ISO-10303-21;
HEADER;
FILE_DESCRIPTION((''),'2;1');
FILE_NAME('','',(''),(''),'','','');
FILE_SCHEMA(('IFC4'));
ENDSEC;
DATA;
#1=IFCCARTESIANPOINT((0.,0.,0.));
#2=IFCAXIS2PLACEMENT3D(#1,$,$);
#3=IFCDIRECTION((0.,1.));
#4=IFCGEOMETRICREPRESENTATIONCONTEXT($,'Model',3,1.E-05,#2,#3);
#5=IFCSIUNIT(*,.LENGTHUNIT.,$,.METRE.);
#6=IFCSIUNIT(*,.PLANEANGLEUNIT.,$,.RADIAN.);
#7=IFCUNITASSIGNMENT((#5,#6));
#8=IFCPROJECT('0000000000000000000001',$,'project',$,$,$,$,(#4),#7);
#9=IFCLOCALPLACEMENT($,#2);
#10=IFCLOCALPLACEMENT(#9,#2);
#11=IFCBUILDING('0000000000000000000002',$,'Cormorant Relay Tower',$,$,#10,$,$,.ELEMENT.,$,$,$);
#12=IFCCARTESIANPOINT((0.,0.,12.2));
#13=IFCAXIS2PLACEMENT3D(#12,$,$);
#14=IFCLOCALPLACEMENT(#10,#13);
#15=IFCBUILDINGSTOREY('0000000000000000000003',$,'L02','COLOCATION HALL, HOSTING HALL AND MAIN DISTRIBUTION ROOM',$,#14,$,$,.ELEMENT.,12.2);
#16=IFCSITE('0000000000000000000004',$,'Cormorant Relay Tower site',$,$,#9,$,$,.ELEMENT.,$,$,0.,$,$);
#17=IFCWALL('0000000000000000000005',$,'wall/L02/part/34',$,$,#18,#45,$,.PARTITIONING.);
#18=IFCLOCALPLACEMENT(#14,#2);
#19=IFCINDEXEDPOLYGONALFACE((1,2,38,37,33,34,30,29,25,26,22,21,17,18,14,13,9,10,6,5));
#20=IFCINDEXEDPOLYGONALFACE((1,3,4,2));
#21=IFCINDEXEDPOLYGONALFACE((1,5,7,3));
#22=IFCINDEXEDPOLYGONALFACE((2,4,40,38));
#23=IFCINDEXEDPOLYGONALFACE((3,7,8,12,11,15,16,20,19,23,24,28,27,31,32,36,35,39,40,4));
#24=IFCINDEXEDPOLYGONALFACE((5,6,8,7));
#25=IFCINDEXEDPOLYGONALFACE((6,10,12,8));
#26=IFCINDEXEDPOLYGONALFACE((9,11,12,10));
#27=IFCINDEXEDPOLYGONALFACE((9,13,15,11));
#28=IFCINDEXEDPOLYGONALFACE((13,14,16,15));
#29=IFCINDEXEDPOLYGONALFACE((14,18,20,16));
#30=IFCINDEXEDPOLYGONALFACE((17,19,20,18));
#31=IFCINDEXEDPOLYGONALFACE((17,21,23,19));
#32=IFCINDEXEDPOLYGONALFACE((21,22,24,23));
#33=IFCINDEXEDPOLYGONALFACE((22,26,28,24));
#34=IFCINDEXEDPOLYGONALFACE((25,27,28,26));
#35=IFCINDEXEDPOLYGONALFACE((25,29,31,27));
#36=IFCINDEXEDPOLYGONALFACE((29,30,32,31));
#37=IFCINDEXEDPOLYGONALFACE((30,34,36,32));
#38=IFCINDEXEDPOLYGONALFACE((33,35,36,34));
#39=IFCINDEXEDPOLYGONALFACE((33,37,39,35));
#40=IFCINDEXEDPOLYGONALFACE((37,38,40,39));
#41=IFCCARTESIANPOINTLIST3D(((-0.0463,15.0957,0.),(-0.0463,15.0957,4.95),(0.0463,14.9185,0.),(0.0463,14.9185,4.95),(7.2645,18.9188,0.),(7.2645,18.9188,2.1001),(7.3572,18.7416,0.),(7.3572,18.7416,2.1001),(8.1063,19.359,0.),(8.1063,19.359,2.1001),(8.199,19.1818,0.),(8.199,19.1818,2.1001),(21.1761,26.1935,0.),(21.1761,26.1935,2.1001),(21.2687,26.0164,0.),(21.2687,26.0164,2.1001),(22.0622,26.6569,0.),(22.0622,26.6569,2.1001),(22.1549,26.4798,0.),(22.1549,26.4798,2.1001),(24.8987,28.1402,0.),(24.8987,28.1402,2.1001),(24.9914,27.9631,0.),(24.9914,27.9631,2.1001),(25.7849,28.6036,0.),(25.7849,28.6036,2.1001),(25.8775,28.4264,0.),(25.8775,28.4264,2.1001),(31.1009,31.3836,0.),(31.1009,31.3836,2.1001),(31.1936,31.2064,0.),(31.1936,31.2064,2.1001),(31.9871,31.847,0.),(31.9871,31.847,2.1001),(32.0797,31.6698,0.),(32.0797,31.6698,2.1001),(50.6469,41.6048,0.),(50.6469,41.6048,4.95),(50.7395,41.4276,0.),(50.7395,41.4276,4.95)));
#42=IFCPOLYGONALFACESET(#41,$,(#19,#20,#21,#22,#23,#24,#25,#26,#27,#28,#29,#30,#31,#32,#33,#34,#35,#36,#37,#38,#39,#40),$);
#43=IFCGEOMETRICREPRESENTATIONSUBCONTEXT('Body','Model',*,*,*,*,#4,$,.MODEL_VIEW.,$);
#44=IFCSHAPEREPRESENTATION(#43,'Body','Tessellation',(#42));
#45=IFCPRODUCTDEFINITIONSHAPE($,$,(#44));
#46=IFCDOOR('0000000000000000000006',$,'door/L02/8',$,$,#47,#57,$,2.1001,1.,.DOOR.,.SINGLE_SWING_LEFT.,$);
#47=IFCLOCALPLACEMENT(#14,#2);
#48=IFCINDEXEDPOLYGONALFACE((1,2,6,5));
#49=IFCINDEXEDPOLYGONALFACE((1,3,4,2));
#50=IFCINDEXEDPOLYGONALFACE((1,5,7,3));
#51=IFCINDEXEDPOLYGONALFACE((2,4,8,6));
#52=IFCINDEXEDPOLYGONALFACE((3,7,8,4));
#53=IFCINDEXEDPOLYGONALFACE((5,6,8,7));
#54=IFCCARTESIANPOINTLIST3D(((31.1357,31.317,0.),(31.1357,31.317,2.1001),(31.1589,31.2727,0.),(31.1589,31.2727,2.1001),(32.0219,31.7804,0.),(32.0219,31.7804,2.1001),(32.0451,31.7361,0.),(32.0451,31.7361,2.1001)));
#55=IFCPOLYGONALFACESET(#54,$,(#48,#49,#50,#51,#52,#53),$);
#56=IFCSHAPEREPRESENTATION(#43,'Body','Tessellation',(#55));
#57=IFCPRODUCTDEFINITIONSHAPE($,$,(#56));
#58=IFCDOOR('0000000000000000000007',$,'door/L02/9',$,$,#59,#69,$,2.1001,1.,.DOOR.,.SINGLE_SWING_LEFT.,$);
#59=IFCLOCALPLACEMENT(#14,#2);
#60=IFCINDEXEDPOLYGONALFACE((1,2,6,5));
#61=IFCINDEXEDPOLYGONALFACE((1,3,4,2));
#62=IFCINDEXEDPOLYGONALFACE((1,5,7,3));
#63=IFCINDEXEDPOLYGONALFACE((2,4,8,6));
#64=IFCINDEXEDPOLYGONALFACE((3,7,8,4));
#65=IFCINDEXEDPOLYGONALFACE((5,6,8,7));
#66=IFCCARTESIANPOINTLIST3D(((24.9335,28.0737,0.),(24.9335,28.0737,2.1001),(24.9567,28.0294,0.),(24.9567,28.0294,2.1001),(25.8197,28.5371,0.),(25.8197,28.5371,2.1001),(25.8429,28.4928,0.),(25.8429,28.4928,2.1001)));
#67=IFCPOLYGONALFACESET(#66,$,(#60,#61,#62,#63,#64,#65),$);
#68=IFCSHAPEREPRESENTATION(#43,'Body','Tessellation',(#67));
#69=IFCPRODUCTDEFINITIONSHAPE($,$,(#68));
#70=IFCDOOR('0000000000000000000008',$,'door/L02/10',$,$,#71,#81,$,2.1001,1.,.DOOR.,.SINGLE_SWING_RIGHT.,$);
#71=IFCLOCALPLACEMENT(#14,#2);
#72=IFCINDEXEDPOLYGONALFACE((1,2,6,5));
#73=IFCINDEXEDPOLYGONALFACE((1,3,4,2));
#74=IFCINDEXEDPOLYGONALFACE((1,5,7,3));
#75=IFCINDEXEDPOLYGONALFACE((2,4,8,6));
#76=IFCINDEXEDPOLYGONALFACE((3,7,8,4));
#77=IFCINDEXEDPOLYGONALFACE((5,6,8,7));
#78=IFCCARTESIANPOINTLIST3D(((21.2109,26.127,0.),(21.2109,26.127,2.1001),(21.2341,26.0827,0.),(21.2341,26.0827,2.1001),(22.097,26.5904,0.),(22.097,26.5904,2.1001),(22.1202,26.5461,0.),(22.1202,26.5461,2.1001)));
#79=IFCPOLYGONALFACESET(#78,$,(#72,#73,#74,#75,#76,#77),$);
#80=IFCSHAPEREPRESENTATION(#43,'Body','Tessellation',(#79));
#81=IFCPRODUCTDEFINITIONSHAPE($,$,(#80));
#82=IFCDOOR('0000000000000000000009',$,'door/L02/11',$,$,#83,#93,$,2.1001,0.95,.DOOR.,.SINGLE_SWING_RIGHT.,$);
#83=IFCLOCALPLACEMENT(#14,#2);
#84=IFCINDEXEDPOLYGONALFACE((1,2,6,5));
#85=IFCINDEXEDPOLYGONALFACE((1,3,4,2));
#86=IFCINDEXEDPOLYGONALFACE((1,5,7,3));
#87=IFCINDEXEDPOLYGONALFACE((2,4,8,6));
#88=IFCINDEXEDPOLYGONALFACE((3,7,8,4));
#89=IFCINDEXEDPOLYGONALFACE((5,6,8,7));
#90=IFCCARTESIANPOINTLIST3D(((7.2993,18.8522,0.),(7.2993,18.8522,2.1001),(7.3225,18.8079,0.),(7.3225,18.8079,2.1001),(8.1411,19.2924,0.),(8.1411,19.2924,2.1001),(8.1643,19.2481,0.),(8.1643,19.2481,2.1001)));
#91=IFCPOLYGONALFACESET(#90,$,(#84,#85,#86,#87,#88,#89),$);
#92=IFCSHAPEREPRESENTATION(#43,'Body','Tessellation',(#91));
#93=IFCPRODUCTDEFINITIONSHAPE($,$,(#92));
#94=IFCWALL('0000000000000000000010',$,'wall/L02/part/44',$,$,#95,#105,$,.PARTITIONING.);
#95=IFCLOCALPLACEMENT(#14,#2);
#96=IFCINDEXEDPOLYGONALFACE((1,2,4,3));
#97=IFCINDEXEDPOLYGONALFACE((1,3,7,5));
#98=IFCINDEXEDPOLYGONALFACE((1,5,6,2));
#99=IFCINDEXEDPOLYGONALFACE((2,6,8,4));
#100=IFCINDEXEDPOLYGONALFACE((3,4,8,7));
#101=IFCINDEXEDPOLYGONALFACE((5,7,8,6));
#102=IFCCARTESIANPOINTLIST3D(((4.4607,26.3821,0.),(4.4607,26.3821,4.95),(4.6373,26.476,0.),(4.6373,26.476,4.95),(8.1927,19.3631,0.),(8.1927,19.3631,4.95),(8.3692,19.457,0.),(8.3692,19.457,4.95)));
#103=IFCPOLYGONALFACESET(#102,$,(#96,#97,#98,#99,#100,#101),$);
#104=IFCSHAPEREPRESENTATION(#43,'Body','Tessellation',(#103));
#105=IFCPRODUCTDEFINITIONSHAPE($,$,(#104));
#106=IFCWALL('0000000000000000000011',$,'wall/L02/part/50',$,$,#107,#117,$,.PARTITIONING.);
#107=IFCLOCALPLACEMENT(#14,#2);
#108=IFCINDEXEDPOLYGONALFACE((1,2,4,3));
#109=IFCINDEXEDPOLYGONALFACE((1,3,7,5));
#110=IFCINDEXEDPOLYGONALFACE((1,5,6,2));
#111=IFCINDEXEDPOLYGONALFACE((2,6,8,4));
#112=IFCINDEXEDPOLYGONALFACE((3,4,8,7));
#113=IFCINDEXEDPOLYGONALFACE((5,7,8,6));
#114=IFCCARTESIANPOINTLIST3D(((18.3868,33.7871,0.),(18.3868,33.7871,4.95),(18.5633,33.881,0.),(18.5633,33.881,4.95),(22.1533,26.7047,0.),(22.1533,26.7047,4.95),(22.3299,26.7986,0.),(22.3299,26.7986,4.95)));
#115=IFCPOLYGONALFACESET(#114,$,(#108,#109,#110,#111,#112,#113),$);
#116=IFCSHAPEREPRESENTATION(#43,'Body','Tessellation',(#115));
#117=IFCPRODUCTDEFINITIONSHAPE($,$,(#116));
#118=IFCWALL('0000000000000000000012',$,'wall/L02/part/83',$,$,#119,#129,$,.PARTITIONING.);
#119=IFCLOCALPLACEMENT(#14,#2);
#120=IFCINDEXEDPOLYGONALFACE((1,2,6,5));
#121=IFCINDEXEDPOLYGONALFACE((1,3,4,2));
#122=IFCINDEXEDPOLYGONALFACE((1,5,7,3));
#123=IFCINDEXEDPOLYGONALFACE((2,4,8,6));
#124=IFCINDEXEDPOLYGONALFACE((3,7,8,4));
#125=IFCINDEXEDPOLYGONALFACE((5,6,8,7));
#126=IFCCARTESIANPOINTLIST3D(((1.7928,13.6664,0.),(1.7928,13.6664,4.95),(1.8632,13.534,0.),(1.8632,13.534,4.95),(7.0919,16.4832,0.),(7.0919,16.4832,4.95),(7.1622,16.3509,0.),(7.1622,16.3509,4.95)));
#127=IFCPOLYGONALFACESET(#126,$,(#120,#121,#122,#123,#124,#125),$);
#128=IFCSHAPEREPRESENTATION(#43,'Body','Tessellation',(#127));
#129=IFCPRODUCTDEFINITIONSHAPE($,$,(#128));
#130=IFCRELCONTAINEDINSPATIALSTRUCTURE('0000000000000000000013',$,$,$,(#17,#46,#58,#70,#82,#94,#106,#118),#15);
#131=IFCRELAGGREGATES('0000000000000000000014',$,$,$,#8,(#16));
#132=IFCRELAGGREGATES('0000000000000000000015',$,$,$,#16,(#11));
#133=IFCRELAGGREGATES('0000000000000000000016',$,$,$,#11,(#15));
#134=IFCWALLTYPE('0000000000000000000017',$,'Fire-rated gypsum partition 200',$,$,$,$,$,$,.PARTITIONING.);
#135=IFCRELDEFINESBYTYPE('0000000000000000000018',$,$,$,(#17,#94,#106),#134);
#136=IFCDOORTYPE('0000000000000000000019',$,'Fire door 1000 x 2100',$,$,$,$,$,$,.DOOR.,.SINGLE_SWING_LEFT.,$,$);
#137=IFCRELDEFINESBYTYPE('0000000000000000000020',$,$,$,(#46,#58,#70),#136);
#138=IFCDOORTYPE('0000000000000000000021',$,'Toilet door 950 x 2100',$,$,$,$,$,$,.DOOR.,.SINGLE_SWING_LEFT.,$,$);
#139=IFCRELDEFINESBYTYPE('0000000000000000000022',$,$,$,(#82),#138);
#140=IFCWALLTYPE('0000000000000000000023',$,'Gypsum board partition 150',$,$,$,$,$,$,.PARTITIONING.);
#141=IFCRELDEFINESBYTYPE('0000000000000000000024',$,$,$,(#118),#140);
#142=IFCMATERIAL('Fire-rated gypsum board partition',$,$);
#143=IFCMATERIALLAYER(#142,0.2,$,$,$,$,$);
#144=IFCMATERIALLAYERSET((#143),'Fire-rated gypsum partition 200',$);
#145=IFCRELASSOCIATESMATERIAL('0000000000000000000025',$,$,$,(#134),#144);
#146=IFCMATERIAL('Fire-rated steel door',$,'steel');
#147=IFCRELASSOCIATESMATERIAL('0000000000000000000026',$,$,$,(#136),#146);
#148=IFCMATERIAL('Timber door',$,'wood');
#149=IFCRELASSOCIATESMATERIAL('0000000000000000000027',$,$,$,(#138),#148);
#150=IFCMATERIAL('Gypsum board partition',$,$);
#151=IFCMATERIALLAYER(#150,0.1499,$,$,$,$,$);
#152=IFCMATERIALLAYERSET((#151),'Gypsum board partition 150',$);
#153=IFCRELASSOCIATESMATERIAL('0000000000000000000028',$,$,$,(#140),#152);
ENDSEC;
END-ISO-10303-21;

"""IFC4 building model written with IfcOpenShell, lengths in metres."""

from ifc_helpers import new_model, si_unit, direction, frame, frame_2d, origin, place, context, subcontext, project, spatial, rectangle, extrude, material, layer, layer_set, type_object, element, fill, save


model = new_model("IFC4")

# Units and contexts
model_context = context("Model", 3, precision=1e-05, world=origin(), true_north=direction((0.0, 1.0)))
body_context = subcontext(model_context, "Body", "Model", "MODEL_VIEW")
ifc_project = project(units=[si_unit("LENGTHUNIT", "METRE"), si_unit("PLANEANGLEUNIT", "RADIAN")], contexts=[model_context])

# Site, building, storey
site_placement = place(None, origin())
site = spatial("IfcSite", under=ifc_project, at=site_placement, Name="Cormorant Relay Tower site", CompositionType="ELEMENT", RefElevation=0.0)
building_placement = place(site_placement, origin())
building = spatial("IfcBuilding", under=site, at=building_placement, Name="Cormorant Relay Tower", CompositionType="ELEMENT")
storey_placement = place(building_placement, frame((0.0, 0.0, 12.2)))
storey = spatial("IfcBuildingStorey", under=building, at=storey_placement, Name="L02", Description="COLOCATION HALL, HOSTING HALL AND MAIN DISTRIBUTION ROOM", CompositionType="ELEMENT", Elevation=12.2)

# Wall, openings, doors
ifc_material_1 = material(Name="Fire-rated gypsum board partition")
ifc_layer_1 = layer(ifc_material_1, 0.2)
ifc_layer_set_1 = layer_set([ifc_layer_1], Name="Fire-rated gypsum partition 200")
wall_type_1 = type_object("IfcWallType", Name="Fire-rated gypsum partition 200", PredefinedType="PARTITIONING", material=ifc_layer_set_1)
wall_1_placement = place(storey_placement, frame((0.0, 15.0071, 0.0), z_axis=(0.0, 0.0, 1.0), x_axis=(0.886151, 0.463396, 0.0)))
wall_1 = element("IfcWall", 1, at=wall_1_placement, inside=storey, type_object=wall_type_1, Name="wall/L02/part/34", PredefinedType="PARTITIONING", context=body_context, shape_type="SweptSolid", body=[
    extrude(rectangle(XDim=57.2061, YDim=0.2, at=frame_2d((28.603, 0.0))), origin(), (0.0, 0.0, 1.0), 4.95),
])
opening_1_placement = place(wall_1_placement, frame((35.1489, 0.0, 0.0)))
opening_1 = element("IfcOpeningElement", 2, at=opening_1_placement, cuts=wall_1, PredefinedType="OPENING", context=body_context, shape_type="SweptSolid", body=[
    extrude(rectangle(XDim=1.0, YDim=2.1001, at=frame_2d((0.5, 1.05))), frame((0.0, 0.1099, 0.0), z_axis=(0.0, -1.0, 0.0), x_axis=(1.0, 0.0, 0.0)), (0.0, 0.0, 1.0), 0.22),
])
opening_2_placement = place(wall_1_placement, frame((28.1499, 0.0, 0.0)))
opening_2 = element("IfcOpeningElement", 3, at=opening_2_placement, cuts=wall_1, PredefinedType="OPENING", context=body_context, shape_type="SweptSolid", body=[
    extrude(rectangle(XDim=1.0, YDim=2.1001, at=frame_2d((0.5, 1.05))), frame((0.0, 0.1099, 0.0), z_axis=(0.0, -1.0, 0.0), x_axis=(1.0, 0.0, 0.0)), (0.0, 0.0, 1.0), 0.22),
])
opening_3_placement = place(wall_1_placement, frame((23.949, 0.0, 0.0)))
opening_3 = element("IfcOpeningElement", 4, at=opening_3_placement, cuts=wall_1, PredefinedType="OPENING", context=body_context, shape_type="SweptSolid", body=[
    extrude(rectangle(XDim=1.0, YDim=2.1001, at=frame_2d((0.5, 1.05))), frame((0.0, 0.1099, 0.0), z_axis=(0.0, -1.0, 0.0), x_axis=(1.0, 0.0, 0.0)), (0.0, 0.0, 1.0), 0.22),
])
opening_4_placement = place(wall_1_placement, frame((8.25, 0.0, 0.0)))
opening_4 = element("IfcOpeningElement", 5, at=opening_4_placement, cuts=wall_1, PredefinedType="OPENING", context=body_context, shape_type="SweptSolid", body=[
    extrude(rectangle(XDim=0.95, YDim=2.1001, at=frame_2d((0.4751, 1.05))), frame((0.0, 0.1099, 0.0), z_axis=(0.0, -1.0, 0.0), x_axis=(1.0, 0.0, 0.0)), (0.0, 0.0, 1.0), 0.22),
])
ifc_material_2 = material(Name="Fire-rated steel door", Category="steel")
door_type_1 = type_object("IfcDoorType", Name="Fire door 1000 x 2100", OperationType="SINGLE_SWING_LEFT", PredefinedType="DOOR", material=ifc_material_2)
door_1_placement = place(opening_1_placement, origin())
door_1 = element("IfcDoor", 6, at=door_1_placement, inside=storey, type_object=door_type_1, Name="door/L02/8", OperationType="SINGLE_SWING_LEFT", OverallHeight=2.1001, OverallWidth=1.0, PredefinedType="DOOR", context=body_context, shape_type="SweptSolid", body=[
    extrude(rectangle(XDim=1.0, YDim=2.1001, at=frame_2d((0.5, 1.05))), frame((0.0, 0.0249, 0.0), z_axis=(0.0, -1.0, 0.0), x_axis=(1.0, 0.0, 0.0)), (0.0, 0.0, 1.0), 0.05),
])
fill(opening_1, door_1)
door_2_placement = place(opening_2_placement, origin())
door_2 = element("IfcDoor", 7, at=door_2_placement, inside=storey, type_object=door_type_1, Name="door/L02/9", OperationType="SINGLE_SWING_LEFT", OverallHeight=2.1001, OverallWidth=1.0, PredefinedType="DOOR", context=body_context, shape_type="SweptSolid", body=[
    extrude(rectangle(XDim=1.0, YDim=2.1001, at=frame_2d((0.5, 1.05))), frame((0.0, 0.0249, 0.0), z_axis=(0.0, -1.0, 0.0), x_axis=(1.0, 0.0, 0.0)), (0.0, 0.0, 1.0), 0.05),
])
fill(opening_2, door_2)
door_3_placement = place(opening_3_placement, origin())
door_3 = element("IfcDoor", 8, at=door_3_placement, inside=storey, type_object=door_type_1, Name="door/L02/10", OperationType="SINGLE_SWING_RIGHT", OverallHeight=2.1001, OverallWidth=1.0, PredefinedType="DOOR", context=body_context, shape_type="SweptSolid", body=[
    extrude(rectangle(XDim=1.0, YDim=2.1001, at=frame_2d((0.5, 1.05))), frame((0.0, 0.0249, 0.0), z_axis=(0.0, -1.0, 0.0), x_axis=(1.0, 0.0, 0.0)), (0.0, 0.0, 1.0), 0.05),
])
fill(opening_3, door_3)
ifc_material_3 = material(Name="Timber door", Category="wood")
door_type_2 = type_object("IfcDoorType", Name="Toilet door 950 x 2100", OperationType="SINGLE_SWING_LEFT", PredefinedType="DOOR", material=ifc_material_3)
door_4_placement = place(opening_4_placement, origin())
door_4 = element("IfcDoor", 9, at=door_4_placement, inside=storey, type_object=door_type_2, Name="door/L02/11", OperationType="SINGLE_SWING_RIGHT", OverallHeight=2.1001, OverallWidth=0.95, PredefinedType="DOOR", context=body_context, shape_type="SweptSolid", body=[
    extrude(rectangle(XDim=0.95, YDim=2.1001, at=frame_2d((0.4751, 1.05))), frame((0.0, 0.0249, 0.0), z_axis=(0.0, -1.0, 0.0), x_axis=(1.0, 0.0, 0.0)), (0.0, 0.0, 1.0), 0.05),
])
fill(opening_4, door_4)

# Walls
wall_2_placement = place(storey_placement, frame((4.5491, 26.429, 0.0), z_axis=(0.0, 0.0, 1.0), x_axis=(0.469456, -0.882956, 0.0)))
element("IfcWall", 10, at=wall_2_placement, inside=storey, type_object=wall_type_1, Name="wall/L02/part/44", PredefinedType="PARTITIONING", context=body_context, shape_type="SweptSolid", body=[
    extrude(rectangle(XDim=7.9495, YDim=0.2, at=frame_2d((3.9746, 0.0))), origin(), (0.0, 0.0, 1.0), 4.95),
])
wall_3_placement = place(storey_placement, frame((18.4751, 33.834, 0.0), z_axis=(0.0, 0.0, 1.0), x_axis=(0.469545, -0.882908, 0.0)))
element("IfcWall", 11, at=wall_3_placement, inside=storey, type_object=wall_type_1, Name="wall/L02/part/50", PredefinedType="PARTITIONING", context=body_context, shape_type="SweptSolid", body=[
    extrude(rectangle(XDim=8.0217, YDim=0.2, at=frame_2d((4.0107, 0.0))), origin(), (0.0, 0.0, 1.0), 4.95),
])
ifc_material_4 = material(Name="Gypsum board partition")
ifc_layer_2 = layer(ifc_material_4, 0.1499)
ifc_layer_set_2 = layer_set([ifc_layer_2], Name="Gypsum board partition 150")
wall_type_2 = type_object("IfcWallType", Name="Gypsum board partition 150", PredefinedType="PARTITIONING", material=ifc_layer_set_2)
wall_4_placement = place(storey_placement, frame((7.127, 16.417, 0.0), z_axis=(0.0, 0.0, 1.0), x_axis=(-0.882994, -0.469384, 0.0)))
element("IfcWall", 12, at=wall_4_placement, inside=storey, type_object=wall_type_2, Name="wall/L02/part/83", PredefinedType="PARTITIONING", context=body_context, shape_type="SweptSolid", body=[
    extrude(rectangle(XDim=6.0012, YDim=0.1499, at=frame_2d((3.0005, 0.0))), origin(), (0.0, 0.0, 1.0), 4.95),
])

save(model, "model.ifc")
